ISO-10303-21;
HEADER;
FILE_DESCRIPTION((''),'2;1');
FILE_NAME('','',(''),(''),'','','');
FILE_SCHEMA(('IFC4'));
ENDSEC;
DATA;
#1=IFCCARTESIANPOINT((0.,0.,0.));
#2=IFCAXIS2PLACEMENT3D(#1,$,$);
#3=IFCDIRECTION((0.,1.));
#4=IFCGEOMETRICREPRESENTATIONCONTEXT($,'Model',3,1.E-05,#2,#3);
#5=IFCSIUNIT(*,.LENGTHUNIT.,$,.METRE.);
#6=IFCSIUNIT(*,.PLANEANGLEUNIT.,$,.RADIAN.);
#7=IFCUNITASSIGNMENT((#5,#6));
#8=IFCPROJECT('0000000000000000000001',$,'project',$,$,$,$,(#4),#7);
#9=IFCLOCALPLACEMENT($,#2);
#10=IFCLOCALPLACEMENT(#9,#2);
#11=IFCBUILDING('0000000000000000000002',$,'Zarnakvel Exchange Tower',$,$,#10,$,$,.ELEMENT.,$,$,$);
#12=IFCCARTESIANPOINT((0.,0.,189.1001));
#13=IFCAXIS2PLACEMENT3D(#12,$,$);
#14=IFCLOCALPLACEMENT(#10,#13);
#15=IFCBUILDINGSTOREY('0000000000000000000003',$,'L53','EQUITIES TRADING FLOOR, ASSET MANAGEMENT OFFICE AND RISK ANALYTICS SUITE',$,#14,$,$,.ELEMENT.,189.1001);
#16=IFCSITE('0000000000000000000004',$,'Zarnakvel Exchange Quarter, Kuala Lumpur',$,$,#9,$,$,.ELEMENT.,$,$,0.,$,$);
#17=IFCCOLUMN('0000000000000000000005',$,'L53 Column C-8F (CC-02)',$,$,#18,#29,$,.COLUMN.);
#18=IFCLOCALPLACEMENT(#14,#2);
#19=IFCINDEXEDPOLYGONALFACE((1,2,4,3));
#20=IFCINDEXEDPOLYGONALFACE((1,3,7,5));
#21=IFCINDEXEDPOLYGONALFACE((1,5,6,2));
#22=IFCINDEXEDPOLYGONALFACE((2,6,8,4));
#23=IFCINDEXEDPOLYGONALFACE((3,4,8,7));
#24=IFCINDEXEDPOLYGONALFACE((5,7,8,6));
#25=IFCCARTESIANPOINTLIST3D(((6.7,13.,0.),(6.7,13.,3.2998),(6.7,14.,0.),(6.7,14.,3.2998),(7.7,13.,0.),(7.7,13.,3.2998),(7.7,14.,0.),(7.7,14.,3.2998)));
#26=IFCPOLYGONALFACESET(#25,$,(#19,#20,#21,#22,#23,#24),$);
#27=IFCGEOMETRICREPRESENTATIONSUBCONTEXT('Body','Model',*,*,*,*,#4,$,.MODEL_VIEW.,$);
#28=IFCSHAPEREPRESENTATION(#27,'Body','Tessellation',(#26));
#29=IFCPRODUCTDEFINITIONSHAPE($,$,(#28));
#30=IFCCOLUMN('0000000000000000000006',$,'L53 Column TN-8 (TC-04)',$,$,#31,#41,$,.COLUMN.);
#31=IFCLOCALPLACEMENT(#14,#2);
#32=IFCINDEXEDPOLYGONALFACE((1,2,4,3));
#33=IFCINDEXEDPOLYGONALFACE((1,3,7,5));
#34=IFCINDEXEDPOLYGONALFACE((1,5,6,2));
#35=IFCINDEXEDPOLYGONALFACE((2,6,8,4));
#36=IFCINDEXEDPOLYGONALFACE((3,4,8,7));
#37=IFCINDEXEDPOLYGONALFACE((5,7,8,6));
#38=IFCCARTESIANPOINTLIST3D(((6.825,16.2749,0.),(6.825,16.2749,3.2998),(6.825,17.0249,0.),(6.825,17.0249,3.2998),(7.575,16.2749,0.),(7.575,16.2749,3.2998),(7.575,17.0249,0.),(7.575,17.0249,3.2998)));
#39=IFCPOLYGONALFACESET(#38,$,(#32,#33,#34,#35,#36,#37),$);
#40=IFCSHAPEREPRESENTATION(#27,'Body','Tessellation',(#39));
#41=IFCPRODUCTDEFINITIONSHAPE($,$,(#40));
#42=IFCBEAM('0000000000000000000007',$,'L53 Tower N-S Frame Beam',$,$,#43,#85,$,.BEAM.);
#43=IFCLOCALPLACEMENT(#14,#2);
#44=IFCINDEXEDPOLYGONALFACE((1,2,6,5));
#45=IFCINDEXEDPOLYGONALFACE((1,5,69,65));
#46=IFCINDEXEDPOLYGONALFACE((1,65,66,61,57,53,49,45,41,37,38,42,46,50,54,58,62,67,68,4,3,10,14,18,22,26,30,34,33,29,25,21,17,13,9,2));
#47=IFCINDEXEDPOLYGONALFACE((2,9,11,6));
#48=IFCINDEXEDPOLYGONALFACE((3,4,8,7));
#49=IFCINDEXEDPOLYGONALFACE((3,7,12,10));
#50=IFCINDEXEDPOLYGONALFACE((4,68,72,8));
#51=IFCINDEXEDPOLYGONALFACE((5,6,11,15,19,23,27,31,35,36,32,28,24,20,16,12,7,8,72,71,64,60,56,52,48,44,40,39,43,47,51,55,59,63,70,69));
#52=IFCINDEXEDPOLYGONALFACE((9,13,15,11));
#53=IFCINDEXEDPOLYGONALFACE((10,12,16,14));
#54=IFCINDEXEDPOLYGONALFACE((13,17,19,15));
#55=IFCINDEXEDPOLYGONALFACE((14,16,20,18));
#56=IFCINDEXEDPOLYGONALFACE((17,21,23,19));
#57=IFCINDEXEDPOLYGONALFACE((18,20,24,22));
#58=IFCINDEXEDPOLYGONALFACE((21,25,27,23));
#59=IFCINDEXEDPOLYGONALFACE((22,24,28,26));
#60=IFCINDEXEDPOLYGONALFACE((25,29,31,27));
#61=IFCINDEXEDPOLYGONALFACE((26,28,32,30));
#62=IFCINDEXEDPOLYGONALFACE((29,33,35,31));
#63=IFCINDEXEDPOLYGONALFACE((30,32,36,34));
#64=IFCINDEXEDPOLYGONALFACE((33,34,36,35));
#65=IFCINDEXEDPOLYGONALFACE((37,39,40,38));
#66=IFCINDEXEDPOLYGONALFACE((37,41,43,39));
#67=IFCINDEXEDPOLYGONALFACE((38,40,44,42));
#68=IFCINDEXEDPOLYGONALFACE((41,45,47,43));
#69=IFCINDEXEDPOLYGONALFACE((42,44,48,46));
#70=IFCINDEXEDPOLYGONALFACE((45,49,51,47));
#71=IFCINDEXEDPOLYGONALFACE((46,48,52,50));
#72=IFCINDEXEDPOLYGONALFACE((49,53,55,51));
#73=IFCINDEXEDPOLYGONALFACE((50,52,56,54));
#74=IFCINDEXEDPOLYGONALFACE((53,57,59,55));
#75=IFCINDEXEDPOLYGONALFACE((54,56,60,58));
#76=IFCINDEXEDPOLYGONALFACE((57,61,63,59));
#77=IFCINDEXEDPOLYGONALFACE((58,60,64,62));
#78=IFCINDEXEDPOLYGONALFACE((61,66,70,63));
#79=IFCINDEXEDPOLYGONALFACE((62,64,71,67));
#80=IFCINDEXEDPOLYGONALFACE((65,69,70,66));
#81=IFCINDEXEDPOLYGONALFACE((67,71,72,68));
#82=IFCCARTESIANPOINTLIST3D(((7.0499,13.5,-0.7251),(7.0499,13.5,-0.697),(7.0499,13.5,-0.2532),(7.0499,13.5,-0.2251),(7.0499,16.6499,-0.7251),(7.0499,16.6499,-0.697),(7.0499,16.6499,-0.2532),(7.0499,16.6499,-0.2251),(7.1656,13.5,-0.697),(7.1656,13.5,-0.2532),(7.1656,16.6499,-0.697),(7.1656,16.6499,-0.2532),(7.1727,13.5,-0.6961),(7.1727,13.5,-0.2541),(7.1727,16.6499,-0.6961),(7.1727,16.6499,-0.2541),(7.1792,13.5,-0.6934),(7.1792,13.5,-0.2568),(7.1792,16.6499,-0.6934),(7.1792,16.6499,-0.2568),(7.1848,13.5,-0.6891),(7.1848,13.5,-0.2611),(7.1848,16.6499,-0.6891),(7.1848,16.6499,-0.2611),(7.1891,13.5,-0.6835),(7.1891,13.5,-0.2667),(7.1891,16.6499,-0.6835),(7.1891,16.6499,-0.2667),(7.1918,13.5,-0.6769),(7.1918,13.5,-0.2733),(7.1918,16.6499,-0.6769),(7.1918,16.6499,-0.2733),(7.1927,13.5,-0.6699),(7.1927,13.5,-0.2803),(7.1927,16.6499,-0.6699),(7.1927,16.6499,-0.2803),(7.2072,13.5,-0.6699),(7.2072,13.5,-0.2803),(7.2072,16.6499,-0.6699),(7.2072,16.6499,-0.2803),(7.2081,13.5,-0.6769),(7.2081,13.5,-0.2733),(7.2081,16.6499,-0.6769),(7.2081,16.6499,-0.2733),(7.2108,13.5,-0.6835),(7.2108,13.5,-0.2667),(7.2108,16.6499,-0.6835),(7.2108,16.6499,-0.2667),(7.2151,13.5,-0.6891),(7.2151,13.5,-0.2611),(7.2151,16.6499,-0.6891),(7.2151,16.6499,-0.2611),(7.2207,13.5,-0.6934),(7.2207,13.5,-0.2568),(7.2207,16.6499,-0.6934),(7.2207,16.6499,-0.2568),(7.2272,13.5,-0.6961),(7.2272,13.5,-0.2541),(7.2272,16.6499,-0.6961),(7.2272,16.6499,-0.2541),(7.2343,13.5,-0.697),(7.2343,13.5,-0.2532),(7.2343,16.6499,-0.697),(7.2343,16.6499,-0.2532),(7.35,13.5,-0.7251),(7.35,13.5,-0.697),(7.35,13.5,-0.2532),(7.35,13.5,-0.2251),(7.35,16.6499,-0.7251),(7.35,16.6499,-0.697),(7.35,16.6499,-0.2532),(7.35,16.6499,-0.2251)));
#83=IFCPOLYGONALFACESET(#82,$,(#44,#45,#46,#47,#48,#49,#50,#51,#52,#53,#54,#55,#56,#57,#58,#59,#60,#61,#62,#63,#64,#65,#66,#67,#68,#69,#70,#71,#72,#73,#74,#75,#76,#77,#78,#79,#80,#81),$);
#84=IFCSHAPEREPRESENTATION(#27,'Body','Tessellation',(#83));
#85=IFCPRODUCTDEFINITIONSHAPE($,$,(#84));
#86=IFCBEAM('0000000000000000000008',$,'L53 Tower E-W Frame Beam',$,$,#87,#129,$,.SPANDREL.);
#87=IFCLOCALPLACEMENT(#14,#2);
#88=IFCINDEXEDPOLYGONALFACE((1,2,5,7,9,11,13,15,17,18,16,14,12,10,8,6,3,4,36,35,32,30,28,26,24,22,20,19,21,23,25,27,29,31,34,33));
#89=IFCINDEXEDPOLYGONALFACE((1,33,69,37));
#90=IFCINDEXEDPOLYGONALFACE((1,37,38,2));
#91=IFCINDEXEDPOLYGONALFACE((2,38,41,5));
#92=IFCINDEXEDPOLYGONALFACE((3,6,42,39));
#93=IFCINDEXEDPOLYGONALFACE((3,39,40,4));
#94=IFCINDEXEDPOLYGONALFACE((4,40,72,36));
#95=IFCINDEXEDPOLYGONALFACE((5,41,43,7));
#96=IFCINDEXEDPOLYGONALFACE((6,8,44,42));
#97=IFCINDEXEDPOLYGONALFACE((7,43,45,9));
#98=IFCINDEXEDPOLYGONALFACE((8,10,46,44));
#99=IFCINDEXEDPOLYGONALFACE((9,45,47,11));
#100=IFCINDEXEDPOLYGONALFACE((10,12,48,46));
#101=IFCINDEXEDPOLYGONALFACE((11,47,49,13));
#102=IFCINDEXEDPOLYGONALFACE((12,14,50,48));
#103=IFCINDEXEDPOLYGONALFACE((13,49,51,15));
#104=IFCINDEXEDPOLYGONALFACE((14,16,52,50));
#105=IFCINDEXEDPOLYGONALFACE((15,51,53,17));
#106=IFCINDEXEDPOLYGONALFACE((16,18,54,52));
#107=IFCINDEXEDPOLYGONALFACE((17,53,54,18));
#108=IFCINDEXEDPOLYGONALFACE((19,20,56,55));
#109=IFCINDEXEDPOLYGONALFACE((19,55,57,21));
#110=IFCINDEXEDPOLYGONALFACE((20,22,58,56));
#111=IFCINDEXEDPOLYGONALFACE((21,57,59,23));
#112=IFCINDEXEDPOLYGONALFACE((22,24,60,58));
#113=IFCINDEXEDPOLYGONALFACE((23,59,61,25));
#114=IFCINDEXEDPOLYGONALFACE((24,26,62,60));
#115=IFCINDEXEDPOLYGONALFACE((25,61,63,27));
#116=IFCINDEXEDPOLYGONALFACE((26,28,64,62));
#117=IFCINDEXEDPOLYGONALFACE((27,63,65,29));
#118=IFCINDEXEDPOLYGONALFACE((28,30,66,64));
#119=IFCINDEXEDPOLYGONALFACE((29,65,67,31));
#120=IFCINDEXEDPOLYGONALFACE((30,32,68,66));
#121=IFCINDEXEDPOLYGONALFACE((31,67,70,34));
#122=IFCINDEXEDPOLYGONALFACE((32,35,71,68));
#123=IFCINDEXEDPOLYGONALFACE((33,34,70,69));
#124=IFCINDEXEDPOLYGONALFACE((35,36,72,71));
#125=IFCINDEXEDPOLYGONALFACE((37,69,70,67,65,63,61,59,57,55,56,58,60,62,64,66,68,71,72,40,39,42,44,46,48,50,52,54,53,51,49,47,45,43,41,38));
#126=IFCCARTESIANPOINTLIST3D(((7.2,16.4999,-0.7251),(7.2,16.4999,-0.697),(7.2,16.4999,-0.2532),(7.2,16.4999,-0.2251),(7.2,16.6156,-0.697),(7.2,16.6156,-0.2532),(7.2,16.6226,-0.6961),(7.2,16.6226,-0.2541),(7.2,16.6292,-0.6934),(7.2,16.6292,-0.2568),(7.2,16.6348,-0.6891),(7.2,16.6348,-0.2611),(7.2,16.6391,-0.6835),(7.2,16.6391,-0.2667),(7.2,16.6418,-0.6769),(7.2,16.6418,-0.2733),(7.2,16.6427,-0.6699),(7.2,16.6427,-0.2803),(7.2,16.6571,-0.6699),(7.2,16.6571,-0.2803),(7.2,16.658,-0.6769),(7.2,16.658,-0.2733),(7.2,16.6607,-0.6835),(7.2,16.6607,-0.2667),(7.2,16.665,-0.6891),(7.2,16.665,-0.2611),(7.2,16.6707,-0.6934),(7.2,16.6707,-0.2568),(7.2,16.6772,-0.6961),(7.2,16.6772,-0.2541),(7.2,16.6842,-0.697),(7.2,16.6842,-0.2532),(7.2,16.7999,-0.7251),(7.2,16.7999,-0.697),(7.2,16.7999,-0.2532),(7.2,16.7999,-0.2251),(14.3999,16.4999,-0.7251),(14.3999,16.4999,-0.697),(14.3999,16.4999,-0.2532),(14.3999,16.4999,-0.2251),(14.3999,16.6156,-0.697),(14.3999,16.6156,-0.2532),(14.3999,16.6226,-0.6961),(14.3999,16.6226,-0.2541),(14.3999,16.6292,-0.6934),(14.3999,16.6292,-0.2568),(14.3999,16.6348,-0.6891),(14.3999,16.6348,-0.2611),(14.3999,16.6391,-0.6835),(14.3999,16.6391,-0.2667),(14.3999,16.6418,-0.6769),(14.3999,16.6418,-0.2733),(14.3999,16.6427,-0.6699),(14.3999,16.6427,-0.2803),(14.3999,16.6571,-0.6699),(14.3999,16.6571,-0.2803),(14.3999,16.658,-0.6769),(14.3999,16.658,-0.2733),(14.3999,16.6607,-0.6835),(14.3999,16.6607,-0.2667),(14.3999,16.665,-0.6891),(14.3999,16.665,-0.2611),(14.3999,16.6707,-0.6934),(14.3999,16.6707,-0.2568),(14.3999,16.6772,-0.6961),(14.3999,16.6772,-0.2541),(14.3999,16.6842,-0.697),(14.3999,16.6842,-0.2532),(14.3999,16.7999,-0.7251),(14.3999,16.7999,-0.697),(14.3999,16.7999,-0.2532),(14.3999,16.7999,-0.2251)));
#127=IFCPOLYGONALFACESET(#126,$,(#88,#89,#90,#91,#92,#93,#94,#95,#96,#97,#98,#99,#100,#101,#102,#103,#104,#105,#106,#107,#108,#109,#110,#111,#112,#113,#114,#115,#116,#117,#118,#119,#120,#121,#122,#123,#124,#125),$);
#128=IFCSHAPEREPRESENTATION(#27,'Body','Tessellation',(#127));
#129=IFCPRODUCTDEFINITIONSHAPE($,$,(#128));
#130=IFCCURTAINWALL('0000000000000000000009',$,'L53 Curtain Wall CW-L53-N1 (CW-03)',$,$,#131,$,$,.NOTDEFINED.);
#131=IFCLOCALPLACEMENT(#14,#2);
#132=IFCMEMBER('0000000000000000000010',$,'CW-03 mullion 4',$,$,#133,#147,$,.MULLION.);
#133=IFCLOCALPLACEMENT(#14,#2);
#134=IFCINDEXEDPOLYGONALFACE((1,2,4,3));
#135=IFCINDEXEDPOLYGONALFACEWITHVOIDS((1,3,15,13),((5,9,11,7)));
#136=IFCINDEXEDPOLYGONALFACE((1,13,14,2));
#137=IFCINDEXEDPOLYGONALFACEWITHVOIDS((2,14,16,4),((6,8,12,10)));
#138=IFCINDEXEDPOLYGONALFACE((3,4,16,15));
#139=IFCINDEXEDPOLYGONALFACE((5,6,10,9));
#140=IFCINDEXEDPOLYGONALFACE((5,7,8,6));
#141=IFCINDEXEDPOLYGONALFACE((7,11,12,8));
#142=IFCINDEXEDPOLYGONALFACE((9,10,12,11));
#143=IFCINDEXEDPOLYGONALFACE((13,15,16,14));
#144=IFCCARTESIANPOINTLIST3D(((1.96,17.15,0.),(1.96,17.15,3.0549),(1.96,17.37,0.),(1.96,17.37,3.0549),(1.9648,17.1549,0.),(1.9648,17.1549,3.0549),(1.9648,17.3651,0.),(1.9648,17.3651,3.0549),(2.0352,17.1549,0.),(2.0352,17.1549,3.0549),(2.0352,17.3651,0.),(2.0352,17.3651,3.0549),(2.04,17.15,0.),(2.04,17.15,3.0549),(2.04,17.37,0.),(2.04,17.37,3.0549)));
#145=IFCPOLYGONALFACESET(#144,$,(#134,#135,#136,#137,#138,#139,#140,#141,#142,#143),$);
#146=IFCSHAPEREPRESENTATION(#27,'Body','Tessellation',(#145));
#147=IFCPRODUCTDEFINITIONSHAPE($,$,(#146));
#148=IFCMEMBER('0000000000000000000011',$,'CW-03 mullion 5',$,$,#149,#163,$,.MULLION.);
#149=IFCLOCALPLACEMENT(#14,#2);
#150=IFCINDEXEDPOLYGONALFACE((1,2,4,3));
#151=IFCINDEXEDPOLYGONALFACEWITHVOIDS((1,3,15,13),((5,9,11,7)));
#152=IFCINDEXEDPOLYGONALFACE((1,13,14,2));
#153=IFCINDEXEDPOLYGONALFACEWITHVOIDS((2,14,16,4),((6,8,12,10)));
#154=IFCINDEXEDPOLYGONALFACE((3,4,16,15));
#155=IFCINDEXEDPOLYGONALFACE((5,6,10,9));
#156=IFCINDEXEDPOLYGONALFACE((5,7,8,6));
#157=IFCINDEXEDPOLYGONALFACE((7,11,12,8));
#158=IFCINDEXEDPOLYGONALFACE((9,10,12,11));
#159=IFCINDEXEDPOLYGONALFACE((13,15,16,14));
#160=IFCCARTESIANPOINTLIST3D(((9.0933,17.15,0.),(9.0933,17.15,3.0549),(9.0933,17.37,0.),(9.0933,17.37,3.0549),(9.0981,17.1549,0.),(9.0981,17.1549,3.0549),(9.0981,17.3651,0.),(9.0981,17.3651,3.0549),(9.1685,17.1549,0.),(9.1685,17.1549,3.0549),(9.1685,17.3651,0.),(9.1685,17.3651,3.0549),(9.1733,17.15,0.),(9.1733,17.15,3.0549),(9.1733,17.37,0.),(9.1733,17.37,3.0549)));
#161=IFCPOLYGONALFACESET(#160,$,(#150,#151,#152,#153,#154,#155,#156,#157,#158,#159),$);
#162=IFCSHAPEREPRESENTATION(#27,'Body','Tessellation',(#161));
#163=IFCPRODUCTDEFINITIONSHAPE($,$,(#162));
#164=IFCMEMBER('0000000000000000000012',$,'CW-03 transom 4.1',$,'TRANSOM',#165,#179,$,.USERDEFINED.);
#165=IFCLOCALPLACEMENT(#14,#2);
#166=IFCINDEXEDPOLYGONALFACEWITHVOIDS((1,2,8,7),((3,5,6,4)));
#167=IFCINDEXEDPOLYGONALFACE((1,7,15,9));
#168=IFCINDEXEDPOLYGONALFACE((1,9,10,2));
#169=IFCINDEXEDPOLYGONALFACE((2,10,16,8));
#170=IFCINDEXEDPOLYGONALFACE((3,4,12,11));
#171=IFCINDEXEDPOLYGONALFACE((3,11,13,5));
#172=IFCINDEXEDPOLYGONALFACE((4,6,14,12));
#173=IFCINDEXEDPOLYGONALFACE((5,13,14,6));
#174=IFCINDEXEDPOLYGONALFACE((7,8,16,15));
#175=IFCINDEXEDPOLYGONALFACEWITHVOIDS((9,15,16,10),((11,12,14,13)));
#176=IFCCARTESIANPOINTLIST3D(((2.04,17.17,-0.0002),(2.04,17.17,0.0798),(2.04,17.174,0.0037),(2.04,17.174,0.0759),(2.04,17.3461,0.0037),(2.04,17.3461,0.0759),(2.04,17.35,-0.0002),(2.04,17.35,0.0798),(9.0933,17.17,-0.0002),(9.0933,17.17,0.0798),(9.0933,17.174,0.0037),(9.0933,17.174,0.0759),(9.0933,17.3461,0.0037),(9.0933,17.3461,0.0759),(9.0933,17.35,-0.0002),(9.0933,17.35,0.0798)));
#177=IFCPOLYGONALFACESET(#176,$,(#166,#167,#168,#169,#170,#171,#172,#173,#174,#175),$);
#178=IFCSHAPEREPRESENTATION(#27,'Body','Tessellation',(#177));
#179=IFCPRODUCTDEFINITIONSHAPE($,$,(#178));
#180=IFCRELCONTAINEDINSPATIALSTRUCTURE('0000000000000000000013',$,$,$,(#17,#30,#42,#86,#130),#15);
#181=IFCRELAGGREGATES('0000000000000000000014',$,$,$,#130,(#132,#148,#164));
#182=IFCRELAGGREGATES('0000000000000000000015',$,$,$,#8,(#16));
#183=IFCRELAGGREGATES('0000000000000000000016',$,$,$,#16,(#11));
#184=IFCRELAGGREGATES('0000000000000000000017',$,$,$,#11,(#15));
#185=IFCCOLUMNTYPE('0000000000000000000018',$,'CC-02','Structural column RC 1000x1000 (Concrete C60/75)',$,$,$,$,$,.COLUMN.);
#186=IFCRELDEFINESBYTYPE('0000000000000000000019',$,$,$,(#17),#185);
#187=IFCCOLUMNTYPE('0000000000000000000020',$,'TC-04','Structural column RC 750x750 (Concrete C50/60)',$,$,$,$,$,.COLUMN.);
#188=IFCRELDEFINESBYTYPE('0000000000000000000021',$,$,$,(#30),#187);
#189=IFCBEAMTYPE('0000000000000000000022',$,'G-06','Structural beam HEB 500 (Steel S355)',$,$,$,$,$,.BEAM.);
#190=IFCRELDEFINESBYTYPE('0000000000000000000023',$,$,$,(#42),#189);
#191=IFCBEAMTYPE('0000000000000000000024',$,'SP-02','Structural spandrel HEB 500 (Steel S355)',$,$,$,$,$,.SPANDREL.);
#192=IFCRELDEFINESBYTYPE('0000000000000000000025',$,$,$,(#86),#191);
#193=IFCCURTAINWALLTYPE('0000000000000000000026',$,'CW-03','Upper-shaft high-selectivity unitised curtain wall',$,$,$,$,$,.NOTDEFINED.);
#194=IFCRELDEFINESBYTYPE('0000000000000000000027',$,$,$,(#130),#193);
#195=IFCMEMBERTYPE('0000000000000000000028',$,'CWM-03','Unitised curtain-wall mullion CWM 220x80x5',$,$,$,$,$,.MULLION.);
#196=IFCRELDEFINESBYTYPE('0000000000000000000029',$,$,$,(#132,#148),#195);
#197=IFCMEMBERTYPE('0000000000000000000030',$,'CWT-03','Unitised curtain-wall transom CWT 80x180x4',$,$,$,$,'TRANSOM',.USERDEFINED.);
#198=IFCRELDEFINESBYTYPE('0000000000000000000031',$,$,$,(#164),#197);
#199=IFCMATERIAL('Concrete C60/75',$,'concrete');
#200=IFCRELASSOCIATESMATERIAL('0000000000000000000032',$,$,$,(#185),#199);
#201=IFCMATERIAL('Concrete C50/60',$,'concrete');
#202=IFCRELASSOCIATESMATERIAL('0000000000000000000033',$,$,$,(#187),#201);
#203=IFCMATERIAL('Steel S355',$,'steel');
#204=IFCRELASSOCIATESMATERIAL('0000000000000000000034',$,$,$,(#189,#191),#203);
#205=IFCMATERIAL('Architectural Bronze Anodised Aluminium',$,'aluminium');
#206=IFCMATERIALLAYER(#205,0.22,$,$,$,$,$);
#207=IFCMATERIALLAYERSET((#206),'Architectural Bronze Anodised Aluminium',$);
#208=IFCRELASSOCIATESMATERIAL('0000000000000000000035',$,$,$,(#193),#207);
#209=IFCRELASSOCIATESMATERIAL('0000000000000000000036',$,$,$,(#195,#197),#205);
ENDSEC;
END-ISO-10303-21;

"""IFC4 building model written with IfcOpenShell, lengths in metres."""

from ifc_helpers import new_model, si_unit, direction, frame, origin, origin_2d, place, context, subcontext, project, spatial, rectangle, hollow_rectangle, i_section, extrude, source, transform, mapped, material, layer, layer_set, material_profile, profile_set, type_object, element, aggregate, save


model = new_model("IFC4")

# Units and contexts
model_context = context("Model", 3, precision=1e-05, world=origin(), true_north=direction((0.0, 1.0)))
body_context = subcontext(model_context, "Body", "Model", "MODEL_VIEW")
ifc_project = project(units=[si_unit("LENGTHUNIT", "METRE"), si_unit("PLANEANGLEUNIT", "RADIAN")], contexts=[model_context])

# Site, building, storey
site_placement = place(None, origin())
site = spatial("IfcSite", under=ifc_project, at=site_placement, Name="Zarnakvel Exchange Quarter, Kuala Lumpur", CompositionType="ELEMENT", RefElevation=0.0)
building_placement = place(site_placement, origin())
building = spatial("IfcBuilding", under=site, at=building_placement, Name="Zarnakvel Exchange Tower", CompositionType="ELEMENT")
storey_placement = place(building_placement, frame((0.0, 0.0, 189.1001)))
storey = spatial("IfcBuildingStorey", under=building, at=storey_placement, Name="L53", Description="EQUITIES TRADING FLOOR, ASSET MANAGEMENT OFFICE AND RISK ANALYTICS SUITE", CompositionType="ELEMENT", Elevation=189.1001)

# Columns
ifc_material_1 = material(Name="Concrete C60/75", Category="concrete")
ifc_material_profile_1 = material_profile(ifc_material_1, rectangle(XDim=1.0, YDim=1.0, at=origin_2d()))
ifc_profile_set_1 = profile_set([ifc_material_profile_1], Name="Concrete C60/75")
column_type_1 = type_object("IfcColumnType", Name="CC-02", Description="Structural column RC 1000x1000 (Concrete C60/75)", PredefinedType="COLUMN", material=ifc_profile_set_1)
column_1_placement = place(storey_placement, frame((7.2, 13.5, 0.0), z_axis=(0.0, 0.0, 1.0), x_axis=(1.0, 0.0, 0.0)))
element("IfcColumn", 1, at=column_1_placement, inside=storey, type_object=column_type_1, Name="L53 Column C-8F (CC-02)", PredefinedType="COLUMN", context=body_context, shape_type="SweptSolid", body=[
    extrude(rectangle(XDim=1.0, YDim=1.0, at=origin_2d()), origin(), (0.0, 0.0, 1.0), 3.2998),
])
ifc_material_2 = material(Name="Concrete C50/60", Category="concrete")
ifc_material_profile_2 = material_profile(ifc_material_2, rectangle(XDim=0.75, YDim=0.75, at=origin_2d()))
ifc_profile_set_2 = profile_set([ifc_material_profile_2], Name="Concrete C50/60")
column_type_2 = type_object("IfcColumnType", Name="TC-04", Description="Structural column RC 750x750 (Concrete C50/60)", PredefinedType="COLUMN", material=ifc_profile_set_2)
column_2_placement = place(storey_placement, frame((7.2, 16.6499, 0.0), z_axis=(0.0, 0.0, 1.0), x_axis=(1.0, 0.0, 0.0)))
element("IfcColumn", 2, at=column_2_placement, inside=storey, type_object=column_type_2, Name="L53 Column TN-8 (TC-04)", PredefinedType="COLUMN", context=body_context, shape_type="SweptSolid", body=[
    extrude(rectangle(XDim=0.75, YDim=0.75, at=origin_2d()), origin(), (0.0, 0.0, 1.0), 3.2998),
])

# Beams
ifc_material_3 = material(Name="Steel S355", Category="steel")
ifc_material_profile_3 = material_profile(ifc_material_3, i_section(OverallWidth=0.3, OverallDepth=0.5, WebThickness=0.0144, FlangeThickness=0.0281, FilletRadius=0.0271, at=origin_2d()))
ifc_profile_set_3 = profile_set([ifc_material_profile_3], Name="Steel S355")
beam_type_1 = type_object("IfcBeamType", Name="G-06", Description="Structural beam HEB 500 (Steel S355)", PredefinedType="BEAM", material=ifc_profile_set_3)
beam_1_placement = place(storey_placement, frame((7.2, 13.5, -0.4751), z_axis=(0.0, 1.0, 0.0), x_axis=(-1.0, 0.0, 0.0)))
element("IfcBeam", 3, at=beam_1_placement, inside=storey, type_object=beam_type_1, Name="L53 Tower N-S Frame Beam", PredefinedType="BEAM", context=body_context, shape_type="SweptSolid", body=[
    extrude(i_section(OverallWidth=0.3, OverallDepth=0.5, WebThickness=0.0144, FlangeThickness=0.0281, FilletRadius=0.0271, at=origin_2d()), origin(), (0.0, 0.0, 1.0), 3.1499),
])
ifc_material_profile_4 = material_profile(ifc_material_3, i_section(OverallWidth=0.3, OverallDepth=0.5, WebThickness=0.0144, FlangeThickness=0.0281, FilletRadius=0.0271, at=origin_2d()))
ifc_profile_set_4 = profile_set([ifc_material_profile_4], Name="Steel S355")
beam_type_2 = type_object("IfcBeamType", Name="SP-02", Description="Structural spandrel HEB 500 (Steel S355)", PredefinedType="SPANDREL", material=ifc_profile_set_4)
beam_2_placement = place(storey_placement, frame((7.2, 16.6499, -0.4751), z_axis=(1.0, 0.0, 0.0), x_axis=(0.0, 1.0, 0.0)))
element("IfcBeam", 4, at=beam_2_placement, inside=storey, type_object=beam_type_2, Name="L53 Tower E-W Frame Beam", PredefinedType="SPANDREL", context=body_context, shape_type="SweptSolid", body=[
    extrude(i_section(OverallWidth=0.3, OverallDepth=0.5, WebThickness=0.0144, FlangeThickness=0.0281, FilletRadius=0.0271, at=origin_2d()), origin(), (0.0, 0.0, 1.0), 7.2),
])

# Curtain wall, members
ifc_material_4 = material(Name="Architectural Bronze Anodised Aluminium", Category="aluminium")
ifc_layer_1 = layer(ifc_material_4, 0.22)
ifc_layer_set_1 = layer_set([ifc_layer_1], Name="Architectural Bronze Anodised Aluminium")
curtain_wall_type = type_object("IfcCurtainWallType", Name="CW-03", Description="Upper-shaft high-selectivity unitised curtain wall", PredefinedType="NOTDEFINED", material=ifc_layer_set_1)
curtain_wall_placement = place(storey_placement, origin())
curtain_wall = element("IfcCurtainWall", 5, at=curtain_wall_placement, inside=storey, type_object=curtain_wall_type, Name="L53 Curtain Wall CW-L53-N1 (CW-03)", PredefinedType="NOTDEFINED")
ifc_material_profile_5 = material_profile(ifc_material_4, hollow_rectangle(XDim=0.22, YDim=0.0801, WallThickness=0.0049, at=origin_2d()))
ifc_profile_set_5 = profile_set([ifc_material_profile_5], Name="Architectural Bronze Anodised Aluminium")
member_type_1 = type_object("IfcMemberType", Name="CWM-03", Description="Unitised curtain-wall mullion CWM 220x80x5", PredefinedType="MULLION", material=ifc_profile_set_5)
shared_shape_1 = source(origin(), body_context, "Body", "SweptSolid", [
    extrude(hollow_rectangle(XDim=0.22, YDim=0.0801, WallThickness=0.0049, at=origin_2d()), origin(), (0.0, 0.0, 1.0), 3.0549),
])
member_1_placement = place(storey_placement, frame((2.0, 17.26, 0.0), z_axis=(0.0, 0.0, 1.0), x_axis=(0.0, 1.0, 0.0)))
member_1 = element("IfcMember", 6, at=member_1_placement, type_object=member_type_1, Name="CW-03 mullion 4", PredefinedType="MULLION", context=body_context, shape_type="MappedRepresentation", body=[
    mapped(shared_shape_1, transform((0.0, 0.0, 0.0), x_axis=(1.0, 0.0, 0.0), y_axis=(0.0, 1.0, 0.0), z_axis=(0.0, 0.0, 1.0), scale=1.0)),
])
member_2_placement = place(storey_placement, frame((9.1333, 17.26, 0.0), z_axis=(0.0, 0.0, 1.0), x_axis=(0.0, 1.0, 0.0)))
member_2 = element("IfcMember", 7, at=member_2_placement, type_object=member_type_1, Name="CW-03 mullion 5", PredefinedType="MULLION", context=body_context, shape_type="MappedRepresentation", body=[
    mapped(shared_shape_1, transform((0.0, 0.0, 0.0), x_axis=(1.0, 0.0, 0.0), y_axis=(0.0, 1.0, 0.0), z_axis=(0.0, 0.0, 1.0), scale=1.0)),
])
ifc_material_profile_6 = material_profile(ifc_material_4, hollow_rectangle(XDim=0.1799, YDim=0.0801, WallThickness=0.0039, at=origin_2d()))
ifc_profile_set_6 = profile_set([ifc_material_profile_6], Name="Architectural Bronze Anodised Aluminium")
member_type_2 = type_object("IfcMemberType", Name="CWT-03", Description="Unitised curtain-wall transom CWT 80x180x4", ElementType="TRANSOM", PredefinedType="USERDEFINED", material=ifc_profile_set_6)
shared_shape_2 = source(origin(), body_context, "Body", "SweptSolid", [
    extrude(hollow_rectangle(XDim=0.1799, YDim=0.0801, WallThickness=0.0039, at=origin_2d()), origin(), (0.0, 0.0, 1.0), 7.0532),
])
member_3_placement = place(storey_placement, frame((2.04, 17.26, 0.0398), z_axis=(1.0, 0.0, 0.0), x_axis=(0.0, 1.0, 0.0)))
member_3 = element("IfcMember", 8, at=member_3_placement, type_object=member_type_2, Name="CW-03 transom 4.1", ObjectType="TRANSOM", PredefinedType="USERDEFINED", context=body_context, shape_type="MappedRepresentation", body=[
    mapped(shared_shape_2, transform((0.0, 0.0, 0.0), x_axis=(1.0, 0.0, 0.0), y_axis=(0.0, 1.0, 0.0), z_axis=(0.0, 0.0, 1.0), scale=1.0)),
])
aggregate(curtain_wall, [member_1, member_2, member_3])

save(model, "model.ifc")
